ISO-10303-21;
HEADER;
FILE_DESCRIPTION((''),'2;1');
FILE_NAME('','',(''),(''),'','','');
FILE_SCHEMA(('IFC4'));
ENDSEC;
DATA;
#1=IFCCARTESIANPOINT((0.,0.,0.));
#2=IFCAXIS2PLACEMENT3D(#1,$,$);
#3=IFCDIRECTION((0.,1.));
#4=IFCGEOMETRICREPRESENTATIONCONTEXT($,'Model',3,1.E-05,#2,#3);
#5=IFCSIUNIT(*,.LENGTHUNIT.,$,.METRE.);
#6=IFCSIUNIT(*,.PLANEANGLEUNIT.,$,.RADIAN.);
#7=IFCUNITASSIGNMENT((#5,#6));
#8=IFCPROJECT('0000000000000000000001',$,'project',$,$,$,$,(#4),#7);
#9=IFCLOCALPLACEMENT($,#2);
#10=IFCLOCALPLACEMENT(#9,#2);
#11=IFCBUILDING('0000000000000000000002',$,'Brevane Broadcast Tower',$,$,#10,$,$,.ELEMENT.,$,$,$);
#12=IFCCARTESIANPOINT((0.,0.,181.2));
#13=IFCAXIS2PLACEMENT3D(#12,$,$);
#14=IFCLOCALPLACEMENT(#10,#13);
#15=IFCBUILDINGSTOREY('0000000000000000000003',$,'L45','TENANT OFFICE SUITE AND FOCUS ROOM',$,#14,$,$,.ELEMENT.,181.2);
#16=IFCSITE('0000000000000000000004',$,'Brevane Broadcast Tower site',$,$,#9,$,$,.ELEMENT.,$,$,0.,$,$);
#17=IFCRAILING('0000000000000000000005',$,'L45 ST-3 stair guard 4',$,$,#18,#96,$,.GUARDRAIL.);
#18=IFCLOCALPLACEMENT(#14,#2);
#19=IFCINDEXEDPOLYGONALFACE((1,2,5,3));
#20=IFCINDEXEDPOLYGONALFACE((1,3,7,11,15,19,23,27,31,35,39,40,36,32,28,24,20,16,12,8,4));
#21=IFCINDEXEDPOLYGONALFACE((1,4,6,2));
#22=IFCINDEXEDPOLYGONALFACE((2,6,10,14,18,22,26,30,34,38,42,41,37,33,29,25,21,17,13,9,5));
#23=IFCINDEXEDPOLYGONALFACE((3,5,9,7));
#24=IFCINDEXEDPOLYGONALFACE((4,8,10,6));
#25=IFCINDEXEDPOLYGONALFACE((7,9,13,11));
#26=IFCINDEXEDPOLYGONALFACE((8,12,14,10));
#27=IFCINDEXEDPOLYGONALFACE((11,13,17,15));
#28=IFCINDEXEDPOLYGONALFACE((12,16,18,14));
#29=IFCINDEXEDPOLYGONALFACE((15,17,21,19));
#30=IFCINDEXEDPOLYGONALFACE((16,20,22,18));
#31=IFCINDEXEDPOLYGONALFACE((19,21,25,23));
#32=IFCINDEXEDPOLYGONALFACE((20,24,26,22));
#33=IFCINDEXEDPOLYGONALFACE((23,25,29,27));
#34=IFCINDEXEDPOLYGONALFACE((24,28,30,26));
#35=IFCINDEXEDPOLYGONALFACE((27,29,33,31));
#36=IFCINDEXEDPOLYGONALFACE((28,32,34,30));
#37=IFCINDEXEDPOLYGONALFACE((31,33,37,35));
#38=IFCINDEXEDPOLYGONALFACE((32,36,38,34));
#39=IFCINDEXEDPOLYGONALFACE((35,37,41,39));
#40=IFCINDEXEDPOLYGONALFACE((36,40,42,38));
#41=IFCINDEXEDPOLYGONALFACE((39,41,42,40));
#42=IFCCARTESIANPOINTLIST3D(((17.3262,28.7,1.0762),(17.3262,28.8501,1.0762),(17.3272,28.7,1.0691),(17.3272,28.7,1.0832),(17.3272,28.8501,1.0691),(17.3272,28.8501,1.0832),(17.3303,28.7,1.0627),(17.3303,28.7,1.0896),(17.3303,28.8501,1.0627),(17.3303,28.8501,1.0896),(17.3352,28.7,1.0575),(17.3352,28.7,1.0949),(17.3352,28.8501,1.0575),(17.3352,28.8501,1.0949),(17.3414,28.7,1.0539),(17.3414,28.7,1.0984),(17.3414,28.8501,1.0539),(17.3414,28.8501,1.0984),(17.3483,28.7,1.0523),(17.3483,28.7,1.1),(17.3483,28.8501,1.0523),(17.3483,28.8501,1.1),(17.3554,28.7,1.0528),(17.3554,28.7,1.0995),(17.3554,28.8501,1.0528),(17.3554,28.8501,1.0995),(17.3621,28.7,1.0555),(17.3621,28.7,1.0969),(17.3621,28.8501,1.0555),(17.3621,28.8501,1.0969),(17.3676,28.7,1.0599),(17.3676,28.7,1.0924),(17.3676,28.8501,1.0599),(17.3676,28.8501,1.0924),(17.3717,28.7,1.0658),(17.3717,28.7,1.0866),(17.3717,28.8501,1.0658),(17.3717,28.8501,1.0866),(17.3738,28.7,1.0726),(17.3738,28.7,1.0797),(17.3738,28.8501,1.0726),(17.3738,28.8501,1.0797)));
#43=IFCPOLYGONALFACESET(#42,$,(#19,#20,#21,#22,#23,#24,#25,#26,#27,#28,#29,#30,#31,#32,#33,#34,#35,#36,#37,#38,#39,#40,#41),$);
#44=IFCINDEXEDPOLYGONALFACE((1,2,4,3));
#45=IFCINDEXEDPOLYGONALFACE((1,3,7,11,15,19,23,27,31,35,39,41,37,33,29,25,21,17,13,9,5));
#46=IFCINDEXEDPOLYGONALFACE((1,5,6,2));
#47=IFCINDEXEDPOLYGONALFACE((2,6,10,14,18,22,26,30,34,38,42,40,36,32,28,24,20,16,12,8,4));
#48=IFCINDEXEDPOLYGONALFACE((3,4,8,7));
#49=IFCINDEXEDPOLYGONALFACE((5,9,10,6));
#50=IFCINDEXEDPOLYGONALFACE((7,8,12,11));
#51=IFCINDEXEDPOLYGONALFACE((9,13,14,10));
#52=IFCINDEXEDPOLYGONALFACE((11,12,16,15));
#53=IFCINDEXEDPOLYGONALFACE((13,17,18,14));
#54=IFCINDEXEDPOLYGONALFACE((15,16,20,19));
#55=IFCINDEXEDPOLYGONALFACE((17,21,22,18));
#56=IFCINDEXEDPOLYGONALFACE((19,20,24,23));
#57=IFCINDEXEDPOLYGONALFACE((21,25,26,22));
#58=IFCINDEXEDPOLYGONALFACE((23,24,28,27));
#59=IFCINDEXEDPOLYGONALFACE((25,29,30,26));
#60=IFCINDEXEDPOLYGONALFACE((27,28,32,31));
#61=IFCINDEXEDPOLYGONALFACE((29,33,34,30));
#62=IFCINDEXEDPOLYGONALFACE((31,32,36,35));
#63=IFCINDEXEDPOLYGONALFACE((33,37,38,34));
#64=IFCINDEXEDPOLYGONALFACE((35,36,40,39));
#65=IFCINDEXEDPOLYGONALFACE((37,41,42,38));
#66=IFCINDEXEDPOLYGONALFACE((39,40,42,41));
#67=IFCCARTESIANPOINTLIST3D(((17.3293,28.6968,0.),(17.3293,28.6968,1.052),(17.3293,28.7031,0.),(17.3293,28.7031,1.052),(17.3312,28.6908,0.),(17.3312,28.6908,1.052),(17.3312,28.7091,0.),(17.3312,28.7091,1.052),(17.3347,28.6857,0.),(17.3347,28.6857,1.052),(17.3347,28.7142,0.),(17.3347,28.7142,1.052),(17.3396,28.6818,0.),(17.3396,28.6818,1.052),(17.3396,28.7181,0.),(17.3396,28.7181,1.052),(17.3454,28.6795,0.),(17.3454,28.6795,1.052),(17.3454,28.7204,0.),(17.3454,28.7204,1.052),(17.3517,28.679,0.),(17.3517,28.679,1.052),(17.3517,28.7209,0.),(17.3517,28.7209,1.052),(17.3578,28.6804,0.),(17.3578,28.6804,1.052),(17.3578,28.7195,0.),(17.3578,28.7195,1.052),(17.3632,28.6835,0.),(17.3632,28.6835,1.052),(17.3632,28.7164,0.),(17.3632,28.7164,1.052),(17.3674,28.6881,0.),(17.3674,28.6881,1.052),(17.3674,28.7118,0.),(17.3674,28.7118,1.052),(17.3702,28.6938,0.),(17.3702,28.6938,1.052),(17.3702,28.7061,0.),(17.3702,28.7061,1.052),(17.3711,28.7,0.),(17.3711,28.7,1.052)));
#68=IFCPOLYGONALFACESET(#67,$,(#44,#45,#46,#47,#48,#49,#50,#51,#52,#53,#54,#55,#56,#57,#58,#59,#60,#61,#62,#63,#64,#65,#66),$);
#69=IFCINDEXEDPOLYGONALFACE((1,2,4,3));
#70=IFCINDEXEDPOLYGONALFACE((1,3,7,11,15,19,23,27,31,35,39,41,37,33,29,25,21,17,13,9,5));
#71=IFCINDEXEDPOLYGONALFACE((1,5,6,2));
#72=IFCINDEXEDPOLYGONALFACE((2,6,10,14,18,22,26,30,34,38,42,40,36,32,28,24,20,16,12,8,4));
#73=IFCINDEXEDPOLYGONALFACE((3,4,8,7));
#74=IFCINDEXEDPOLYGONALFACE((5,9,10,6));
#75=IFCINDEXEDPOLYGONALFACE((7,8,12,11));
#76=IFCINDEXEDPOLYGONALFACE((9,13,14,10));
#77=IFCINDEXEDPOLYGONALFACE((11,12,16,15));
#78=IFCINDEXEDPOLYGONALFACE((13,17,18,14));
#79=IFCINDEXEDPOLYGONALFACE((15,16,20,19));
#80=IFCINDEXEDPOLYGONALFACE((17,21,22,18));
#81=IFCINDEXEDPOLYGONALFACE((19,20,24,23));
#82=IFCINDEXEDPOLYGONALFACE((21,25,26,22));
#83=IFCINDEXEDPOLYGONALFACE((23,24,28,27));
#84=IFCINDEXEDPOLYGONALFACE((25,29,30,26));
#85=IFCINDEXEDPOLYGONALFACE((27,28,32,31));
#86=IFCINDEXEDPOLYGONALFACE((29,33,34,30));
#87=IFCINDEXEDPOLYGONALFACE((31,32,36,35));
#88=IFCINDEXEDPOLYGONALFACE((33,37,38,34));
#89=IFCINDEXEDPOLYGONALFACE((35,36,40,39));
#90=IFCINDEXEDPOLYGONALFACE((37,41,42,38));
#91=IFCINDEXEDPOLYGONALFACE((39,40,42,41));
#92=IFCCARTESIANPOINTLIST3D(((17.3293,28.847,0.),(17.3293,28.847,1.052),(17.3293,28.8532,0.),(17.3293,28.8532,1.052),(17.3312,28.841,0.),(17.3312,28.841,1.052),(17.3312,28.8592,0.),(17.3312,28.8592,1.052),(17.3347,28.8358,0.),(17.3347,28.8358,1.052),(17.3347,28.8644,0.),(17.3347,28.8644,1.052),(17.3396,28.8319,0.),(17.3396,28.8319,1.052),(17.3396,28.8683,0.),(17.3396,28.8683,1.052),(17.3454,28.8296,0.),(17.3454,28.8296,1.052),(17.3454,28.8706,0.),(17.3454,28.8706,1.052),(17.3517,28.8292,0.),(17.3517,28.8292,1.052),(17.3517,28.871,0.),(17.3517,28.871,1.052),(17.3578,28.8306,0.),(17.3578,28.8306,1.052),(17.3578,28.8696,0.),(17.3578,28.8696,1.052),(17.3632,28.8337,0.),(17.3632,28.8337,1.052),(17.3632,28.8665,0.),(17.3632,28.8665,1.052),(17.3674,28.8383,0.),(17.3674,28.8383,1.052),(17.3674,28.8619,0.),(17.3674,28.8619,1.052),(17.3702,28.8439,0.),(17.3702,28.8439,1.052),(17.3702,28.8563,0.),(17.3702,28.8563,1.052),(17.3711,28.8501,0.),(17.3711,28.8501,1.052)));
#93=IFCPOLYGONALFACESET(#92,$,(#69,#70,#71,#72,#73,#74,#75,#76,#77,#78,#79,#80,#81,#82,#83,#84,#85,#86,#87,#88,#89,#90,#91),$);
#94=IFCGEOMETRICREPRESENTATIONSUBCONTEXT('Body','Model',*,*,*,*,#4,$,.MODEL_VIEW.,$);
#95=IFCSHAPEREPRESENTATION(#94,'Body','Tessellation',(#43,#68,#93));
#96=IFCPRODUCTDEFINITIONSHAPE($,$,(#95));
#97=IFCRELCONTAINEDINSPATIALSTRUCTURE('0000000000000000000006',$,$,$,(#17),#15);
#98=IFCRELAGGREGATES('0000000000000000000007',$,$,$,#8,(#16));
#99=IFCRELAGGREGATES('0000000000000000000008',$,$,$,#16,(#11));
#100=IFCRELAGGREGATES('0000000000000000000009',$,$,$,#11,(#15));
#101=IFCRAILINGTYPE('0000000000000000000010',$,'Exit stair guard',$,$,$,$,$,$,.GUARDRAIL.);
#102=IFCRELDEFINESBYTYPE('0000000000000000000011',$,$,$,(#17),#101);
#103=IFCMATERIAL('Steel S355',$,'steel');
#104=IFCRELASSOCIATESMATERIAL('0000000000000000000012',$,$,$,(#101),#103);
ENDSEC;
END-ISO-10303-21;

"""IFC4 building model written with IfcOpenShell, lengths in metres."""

from ifc_helpers import new_model, si_unit, direction, frame, origin, origin_2d, place, context, subcontext, project, spatial, circle, extrude, material, type_object, element, save


model = new_model("IFC4")

# Units and contexts
model_context = context("Model", 3, precision=1e-05, world=origin(), true_north=direction((0.0, 1.0)))
body_context = subcontext(model_context, "Body", "Model", "MODEL_VIEW")
ifc_project = project(units=[si_unit("LENGTHUNIT", "METRE"), si_unit("PLANEANGLEUNIT", "RADIAN")], contexts=[model_context])

# Site, building, storey
site_placement = place(None, origin())
site = spatial("IfcSite", under=ifc_project, at=site_placement, Name="Brevane Broadcast Tower site", CompositionType="ELEMENT", RefElevation=0.0)
building_placement = place(site_placement, origin())
building = spatial("IfcBuilding", under=site, at=building_placement, Name="Brevane Broadcast Tower", CompositionType="ELEMENT")
storey_placement = place(building_placement, frame((0.0, 0.0, 181.2)))
storey = spatial("IfcBuildingStorey", under=building, at=storey_placement, Name="L45", Description="TENANT OFFICE SUITE AND FOCUS ROOM", CompositionType="ELEMENT", Elevation=181.2)

# Railing
ifc_material_1 = material(Name="Steel S355", Category="steel")
railing_type_1 = type_object("IfcRailingType", Name="Exit stair guard", PredefinedType="GUARDRAIL", material=ifc_material_1)
railing_1_placement = place(storey_placement, frame((17.3501, 28.7, 0.0)))
element("IfcRailing", 1, at=railing_1_placement, inside=storey, type_object=railing_type_1, Name="L45 ST-3 stair guard 4", PredefinedType="GUARDRAIL", context=body_context, shape_type="SweptSolid", body=[
    extrude(circle(Radius=0.0239, at=origin_2d()), frame((0.0, 0.0, 1.0762), z_axis=(0.0, 1.0, 0.0), x_axis=(-1.0, 0.0, 0.0)), (0.0, 0.0, 1.0), 0.1501),
    extrude(circle(Radius=0.021, at=origin_2d()), origin(), (0.0, 0.0, 1.0), 1.052),
    extrude(circle(Radius=0.021, at=origin_2d()), frame((0.0, 0.1501, 0.0)), (0.0, 0.0, 1.0), 1.052),
])

save(model, "model.ifc")
